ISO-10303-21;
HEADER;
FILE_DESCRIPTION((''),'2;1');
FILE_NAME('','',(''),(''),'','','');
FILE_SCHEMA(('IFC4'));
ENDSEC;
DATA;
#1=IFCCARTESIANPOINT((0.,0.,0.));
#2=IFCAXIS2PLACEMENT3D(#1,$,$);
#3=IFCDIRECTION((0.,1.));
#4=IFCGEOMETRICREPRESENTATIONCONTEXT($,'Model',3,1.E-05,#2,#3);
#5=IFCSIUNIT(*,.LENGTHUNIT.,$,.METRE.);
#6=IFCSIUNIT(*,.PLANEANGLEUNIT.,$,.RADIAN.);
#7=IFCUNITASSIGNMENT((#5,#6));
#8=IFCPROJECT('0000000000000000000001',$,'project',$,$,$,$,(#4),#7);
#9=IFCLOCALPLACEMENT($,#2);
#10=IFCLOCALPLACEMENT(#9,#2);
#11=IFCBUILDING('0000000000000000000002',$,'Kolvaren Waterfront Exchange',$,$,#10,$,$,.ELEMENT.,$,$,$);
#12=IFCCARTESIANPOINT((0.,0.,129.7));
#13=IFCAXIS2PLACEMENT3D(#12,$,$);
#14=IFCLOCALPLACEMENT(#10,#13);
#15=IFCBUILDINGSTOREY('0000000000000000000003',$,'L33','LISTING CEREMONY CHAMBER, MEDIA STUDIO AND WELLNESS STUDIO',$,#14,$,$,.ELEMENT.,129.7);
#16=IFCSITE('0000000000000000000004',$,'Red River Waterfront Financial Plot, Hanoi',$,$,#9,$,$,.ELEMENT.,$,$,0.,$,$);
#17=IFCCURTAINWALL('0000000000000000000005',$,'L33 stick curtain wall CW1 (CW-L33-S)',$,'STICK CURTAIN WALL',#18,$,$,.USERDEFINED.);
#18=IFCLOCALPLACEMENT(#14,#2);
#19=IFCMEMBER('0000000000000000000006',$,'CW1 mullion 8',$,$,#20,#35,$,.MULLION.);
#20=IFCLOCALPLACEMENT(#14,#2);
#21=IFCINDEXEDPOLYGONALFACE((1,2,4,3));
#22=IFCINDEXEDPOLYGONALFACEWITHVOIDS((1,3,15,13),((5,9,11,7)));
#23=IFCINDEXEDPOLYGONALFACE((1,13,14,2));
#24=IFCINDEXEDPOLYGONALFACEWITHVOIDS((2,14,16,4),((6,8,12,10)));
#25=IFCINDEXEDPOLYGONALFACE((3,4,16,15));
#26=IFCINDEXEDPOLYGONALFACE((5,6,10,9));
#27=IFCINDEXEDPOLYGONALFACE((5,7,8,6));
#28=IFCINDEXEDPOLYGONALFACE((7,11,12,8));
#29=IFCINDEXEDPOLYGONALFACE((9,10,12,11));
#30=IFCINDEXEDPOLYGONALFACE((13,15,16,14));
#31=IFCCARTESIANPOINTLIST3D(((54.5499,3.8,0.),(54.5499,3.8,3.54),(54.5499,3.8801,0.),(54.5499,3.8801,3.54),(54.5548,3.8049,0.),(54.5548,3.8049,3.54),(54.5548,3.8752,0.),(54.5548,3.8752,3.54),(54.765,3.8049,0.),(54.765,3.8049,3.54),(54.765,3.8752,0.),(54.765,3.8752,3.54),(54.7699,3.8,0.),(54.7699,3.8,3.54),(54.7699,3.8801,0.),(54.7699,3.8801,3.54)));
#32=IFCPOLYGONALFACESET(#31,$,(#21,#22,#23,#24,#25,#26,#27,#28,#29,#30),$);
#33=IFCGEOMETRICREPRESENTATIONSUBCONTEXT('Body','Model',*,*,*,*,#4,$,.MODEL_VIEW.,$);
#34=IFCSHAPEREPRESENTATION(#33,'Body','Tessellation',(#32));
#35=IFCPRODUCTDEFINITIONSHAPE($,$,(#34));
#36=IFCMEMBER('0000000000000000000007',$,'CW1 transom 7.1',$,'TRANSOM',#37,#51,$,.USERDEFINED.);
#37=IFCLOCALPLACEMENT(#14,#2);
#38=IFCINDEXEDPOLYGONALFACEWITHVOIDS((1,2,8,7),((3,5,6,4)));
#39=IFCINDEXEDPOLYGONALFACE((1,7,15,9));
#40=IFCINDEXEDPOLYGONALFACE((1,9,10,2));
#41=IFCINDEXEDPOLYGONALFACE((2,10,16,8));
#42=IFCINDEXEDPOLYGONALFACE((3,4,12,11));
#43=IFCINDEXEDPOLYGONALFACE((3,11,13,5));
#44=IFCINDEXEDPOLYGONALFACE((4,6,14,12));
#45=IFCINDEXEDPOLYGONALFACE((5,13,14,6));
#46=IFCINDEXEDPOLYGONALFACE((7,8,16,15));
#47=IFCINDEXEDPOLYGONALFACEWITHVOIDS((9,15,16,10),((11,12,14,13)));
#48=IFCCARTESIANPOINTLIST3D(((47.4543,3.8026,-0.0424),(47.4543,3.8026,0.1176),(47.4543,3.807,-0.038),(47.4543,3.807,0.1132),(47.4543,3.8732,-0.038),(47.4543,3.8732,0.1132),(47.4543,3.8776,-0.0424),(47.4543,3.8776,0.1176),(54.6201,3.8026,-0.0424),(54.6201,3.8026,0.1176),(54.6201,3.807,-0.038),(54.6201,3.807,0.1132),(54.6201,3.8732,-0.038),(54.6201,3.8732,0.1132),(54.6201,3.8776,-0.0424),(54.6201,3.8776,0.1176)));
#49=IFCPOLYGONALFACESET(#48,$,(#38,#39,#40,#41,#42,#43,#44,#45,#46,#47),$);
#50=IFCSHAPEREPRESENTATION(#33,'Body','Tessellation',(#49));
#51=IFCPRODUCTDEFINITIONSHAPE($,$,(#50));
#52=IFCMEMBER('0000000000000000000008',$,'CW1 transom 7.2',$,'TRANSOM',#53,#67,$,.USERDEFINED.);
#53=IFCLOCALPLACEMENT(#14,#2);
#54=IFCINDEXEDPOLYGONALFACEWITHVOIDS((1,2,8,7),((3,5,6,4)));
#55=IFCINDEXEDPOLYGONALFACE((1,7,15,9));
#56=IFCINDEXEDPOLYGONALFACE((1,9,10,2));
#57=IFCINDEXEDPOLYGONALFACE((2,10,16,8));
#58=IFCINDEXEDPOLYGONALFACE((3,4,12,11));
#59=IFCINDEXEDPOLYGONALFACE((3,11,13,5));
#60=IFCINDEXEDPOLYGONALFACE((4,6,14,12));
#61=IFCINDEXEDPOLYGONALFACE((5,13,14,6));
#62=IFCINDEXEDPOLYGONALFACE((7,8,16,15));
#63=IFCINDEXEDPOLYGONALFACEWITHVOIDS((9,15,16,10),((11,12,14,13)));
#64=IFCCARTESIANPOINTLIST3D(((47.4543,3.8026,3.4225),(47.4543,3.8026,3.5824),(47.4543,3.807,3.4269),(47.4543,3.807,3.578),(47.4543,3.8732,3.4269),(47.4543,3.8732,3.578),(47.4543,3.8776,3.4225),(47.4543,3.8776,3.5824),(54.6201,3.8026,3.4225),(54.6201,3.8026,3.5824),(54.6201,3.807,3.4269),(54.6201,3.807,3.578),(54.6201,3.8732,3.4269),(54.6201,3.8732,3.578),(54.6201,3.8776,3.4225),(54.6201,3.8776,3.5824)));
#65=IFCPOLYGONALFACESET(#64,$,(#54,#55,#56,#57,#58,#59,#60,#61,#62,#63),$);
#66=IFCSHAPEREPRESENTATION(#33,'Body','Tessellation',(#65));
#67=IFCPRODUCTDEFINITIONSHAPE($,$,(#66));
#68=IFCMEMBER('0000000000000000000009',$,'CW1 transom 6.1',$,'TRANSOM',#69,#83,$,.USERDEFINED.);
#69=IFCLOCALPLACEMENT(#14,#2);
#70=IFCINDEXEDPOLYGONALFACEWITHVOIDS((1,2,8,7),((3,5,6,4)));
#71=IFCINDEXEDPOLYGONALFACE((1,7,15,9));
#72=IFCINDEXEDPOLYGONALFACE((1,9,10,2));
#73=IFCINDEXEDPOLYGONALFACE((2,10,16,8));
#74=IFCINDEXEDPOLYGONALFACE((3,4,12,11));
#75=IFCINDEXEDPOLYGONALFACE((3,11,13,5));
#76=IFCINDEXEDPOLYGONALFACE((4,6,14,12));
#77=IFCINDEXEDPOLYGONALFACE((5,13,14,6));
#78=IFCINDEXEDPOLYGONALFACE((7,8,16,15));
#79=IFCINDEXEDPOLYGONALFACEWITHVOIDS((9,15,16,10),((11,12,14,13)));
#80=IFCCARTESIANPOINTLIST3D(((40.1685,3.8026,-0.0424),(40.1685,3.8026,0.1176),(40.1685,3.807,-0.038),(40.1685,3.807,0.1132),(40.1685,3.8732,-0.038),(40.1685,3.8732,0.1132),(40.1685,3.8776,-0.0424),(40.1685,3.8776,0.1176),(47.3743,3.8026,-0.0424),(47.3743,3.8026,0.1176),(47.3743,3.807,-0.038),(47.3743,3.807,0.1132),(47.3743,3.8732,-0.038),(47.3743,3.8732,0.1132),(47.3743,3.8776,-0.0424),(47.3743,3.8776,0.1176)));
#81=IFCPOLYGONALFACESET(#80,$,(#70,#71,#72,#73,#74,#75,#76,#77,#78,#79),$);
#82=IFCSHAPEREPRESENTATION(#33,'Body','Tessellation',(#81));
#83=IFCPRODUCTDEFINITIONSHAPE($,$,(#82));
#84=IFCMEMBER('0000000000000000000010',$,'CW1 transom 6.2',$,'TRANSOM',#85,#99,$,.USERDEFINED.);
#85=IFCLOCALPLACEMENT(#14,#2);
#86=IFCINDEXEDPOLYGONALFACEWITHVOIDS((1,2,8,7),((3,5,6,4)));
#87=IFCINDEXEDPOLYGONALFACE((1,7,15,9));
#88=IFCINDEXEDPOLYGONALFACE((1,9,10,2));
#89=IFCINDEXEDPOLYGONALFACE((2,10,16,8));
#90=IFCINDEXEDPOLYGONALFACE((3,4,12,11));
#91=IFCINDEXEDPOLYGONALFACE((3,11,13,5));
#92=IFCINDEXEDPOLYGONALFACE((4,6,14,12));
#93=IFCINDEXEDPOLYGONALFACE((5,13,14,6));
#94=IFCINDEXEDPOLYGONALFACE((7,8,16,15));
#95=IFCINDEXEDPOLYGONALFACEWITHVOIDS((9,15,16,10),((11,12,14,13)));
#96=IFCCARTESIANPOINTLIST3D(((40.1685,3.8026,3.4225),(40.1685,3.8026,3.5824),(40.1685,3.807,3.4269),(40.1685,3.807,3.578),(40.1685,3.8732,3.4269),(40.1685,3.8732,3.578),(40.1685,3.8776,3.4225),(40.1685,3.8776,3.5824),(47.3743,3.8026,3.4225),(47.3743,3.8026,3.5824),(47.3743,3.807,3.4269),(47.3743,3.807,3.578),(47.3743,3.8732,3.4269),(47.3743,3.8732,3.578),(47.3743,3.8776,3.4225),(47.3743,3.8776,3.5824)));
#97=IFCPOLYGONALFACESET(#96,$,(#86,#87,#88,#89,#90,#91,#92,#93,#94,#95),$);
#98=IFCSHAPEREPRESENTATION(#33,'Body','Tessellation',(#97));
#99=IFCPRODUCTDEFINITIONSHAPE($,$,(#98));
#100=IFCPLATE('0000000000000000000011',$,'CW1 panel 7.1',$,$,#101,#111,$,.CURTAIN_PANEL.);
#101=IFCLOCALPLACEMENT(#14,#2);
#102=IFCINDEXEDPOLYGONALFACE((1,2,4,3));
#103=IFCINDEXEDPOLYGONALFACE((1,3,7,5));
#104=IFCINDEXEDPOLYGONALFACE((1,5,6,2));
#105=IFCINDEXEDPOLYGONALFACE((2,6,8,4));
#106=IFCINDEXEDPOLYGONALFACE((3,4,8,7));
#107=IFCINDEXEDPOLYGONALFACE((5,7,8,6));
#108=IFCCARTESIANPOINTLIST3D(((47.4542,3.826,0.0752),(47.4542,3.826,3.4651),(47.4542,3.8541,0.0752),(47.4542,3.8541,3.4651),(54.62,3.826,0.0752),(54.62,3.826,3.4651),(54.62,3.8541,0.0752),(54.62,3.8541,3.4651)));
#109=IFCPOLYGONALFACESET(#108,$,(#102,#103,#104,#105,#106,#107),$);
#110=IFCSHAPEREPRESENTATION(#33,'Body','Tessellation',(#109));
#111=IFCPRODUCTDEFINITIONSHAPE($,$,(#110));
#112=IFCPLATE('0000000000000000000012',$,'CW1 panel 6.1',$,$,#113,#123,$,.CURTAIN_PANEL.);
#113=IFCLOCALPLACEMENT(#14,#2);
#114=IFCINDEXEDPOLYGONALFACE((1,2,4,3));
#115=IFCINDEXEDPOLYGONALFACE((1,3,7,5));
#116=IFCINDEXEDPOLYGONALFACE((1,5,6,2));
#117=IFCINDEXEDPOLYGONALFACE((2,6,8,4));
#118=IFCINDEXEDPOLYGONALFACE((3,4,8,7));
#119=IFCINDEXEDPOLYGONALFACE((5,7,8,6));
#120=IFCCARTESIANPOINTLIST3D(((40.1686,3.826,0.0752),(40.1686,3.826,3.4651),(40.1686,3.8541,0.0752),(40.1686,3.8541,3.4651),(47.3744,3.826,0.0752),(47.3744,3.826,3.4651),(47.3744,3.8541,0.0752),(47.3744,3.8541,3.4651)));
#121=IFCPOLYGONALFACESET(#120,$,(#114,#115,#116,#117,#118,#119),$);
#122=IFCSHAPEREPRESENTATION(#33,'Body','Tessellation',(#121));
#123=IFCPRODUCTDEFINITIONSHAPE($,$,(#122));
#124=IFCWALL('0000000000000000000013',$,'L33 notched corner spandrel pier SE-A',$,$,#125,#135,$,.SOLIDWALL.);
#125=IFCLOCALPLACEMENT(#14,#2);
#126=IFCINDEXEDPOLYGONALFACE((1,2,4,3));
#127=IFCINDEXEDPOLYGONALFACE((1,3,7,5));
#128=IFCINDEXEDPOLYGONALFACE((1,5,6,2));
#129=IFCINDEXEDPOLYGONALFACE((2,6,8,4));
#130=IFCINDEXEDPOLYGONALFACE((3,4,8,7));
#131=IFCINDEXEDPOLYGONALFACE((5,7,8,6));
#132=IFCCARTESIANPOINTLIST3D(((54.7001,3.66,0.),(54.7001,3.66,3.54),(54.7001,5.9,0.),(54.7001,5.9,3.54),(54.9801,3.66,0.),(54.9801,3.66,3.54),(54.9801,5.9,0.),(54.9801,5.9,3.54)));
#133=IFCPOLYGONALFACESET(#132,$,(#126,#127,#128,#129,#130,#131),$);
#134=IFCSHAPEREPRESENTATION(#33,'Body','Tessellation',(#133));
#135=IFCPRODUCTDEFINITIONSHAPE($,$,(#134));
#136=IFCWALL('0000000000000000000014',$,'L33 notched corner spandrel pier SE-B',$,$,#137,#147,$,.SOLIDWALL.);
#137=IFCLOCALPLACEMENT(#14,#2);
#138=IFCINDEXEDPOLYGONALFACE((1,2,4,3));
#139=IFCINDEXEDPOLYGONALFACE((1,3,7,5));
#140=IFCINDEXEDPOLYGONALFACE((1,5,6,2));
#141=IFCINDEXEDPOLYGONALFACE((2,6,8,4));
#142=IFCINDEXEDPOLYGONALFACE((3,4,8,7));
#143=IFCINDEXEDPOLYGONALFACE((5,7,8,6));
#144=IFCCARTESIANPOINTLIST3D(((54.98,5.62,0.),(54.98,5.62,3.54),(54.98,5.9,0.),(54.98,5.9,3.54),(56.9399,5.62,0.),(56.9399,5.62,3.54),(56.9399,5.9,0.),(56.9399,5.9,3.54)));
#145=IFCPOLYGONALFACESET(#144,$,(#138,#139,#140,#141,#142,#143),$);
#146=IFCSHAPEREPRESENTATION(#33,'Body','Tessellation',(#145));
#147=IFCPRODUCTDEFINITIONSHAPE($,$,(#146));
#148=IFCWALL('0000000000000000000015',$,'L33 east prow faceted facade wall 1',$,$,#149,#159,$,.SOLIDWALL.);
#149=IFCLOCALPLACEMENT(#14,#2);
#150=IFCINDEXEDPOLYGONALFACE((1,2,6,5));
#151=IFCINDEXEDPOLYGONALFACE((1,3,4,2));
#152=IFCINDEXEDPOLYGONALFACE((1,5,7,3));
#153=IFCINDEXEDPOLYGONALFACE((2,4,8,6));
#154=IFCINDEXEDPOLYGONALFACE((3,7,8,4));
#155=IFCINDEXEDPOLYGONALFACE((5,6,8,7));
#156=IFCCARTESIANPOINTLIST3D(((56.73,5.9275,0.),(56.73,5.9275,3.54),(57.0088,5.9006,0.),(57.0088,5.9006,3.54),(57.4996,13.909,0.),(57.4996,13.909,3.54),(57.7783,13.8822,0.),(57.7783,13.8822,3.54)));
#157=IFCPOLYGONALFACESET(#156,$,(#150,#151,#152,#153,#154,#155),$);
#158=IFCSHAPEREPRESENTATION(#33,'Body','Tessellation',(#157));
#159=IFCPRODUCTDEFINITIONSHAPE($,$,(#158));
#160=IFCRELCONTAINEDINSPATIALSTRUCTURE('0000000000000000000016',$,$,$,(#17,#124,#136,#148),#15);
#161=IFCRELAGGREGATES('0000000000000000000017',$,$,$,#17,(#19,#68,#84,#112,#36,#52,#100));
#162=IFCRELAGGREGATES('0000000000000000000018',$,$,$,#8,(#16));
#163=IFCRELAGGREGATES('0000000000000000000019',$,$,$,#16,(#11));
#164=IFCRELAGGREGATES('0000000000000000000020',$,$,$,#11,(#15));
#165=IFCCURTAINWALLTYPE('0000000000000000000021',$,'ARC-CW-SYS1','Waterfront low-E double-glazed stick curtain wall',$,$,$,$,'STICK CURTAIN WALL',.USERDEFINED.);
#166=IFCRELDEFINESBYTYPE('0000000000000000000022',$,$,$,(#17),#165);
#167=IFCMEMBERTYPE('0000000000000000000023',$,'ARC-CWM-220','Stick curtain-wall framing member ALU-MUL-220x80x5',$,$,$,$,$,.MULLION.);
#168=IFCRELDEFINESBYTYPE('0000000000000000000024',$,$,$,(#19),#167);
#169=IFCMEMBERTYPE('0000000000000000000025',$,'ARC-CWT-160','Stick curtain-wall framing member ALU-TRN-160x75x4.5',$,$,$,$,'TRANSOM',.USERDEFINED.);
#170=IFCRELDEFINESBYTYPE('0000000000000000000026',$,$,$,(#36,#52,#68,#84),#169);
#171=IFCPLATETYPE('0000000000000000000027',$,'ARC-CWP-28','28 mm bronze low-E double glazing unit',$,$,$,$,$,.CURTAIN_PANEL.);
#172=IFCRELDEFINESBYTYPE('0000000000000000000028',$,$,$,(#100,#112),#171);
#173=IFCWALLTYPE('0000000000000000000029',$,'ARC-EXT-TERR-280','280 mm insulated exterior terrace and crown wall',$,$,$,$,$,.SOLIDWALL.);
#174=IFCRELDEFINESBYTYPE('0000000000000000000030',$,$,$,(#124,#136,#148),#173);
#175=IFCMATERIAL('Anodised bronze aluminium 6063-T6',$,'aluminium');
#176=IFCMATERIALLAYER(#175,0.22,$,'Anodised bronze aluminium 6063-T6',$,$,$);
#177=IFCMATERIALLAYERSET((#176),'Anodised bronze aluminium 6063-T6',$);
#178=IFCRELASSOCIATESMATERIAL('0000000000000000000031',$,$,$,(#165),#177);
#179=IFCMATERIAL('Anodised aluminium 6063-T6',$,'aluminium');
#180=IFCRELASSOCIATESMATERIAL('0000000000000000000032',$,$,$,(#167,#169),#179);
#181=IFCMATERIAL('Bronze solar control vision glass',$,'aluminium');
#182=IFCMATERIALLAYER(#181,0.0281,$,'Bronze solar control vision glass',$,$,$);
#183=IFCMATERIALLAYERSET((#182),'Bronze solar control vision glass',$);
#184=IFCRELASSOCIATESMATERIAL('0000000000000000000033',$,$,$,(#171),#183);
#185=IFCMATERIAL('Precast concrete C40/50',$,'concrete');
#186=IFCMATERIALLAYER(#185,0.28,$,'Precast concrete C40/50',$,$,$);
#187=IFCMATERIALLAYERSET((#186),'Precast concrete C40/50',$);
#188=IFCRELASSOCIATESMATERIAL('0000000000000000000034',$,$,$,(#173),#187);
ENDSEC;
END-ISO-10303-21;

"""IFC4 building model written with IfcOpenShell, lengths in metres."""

from ifc_helpers import new_model, si_unit, direction, frame, frame_2d, origin, origin_with_axes, origin_2d, place, context, subcontext, project, spatial, rectangle, hollow_rectangle, extrude, source, transform, mapped, material, layer, layer_set, material_profile, profile_set, type_object, element, aggregate, save


model = new_model("IFC4")

# Units and contexts
model_context = context("Model", 3, precision=1e-05, world=origin(), true_north=direction((0.0, 1.0)))
body_context = subcontext(model_context, "Body", "Model", "MODEL_VIEW")
ifc_project = project(units=[si_unit("LENGTHUNIT", "METRE"), si_unit("PLANEANGLEUNIT", "RADIAN")], contexts=[model_context])

# Site, building, storey
site_placement = place(None, origin())
site = spatial("IfcSite", under=ifc_project, at=site_placement, Name="Red River Waterfront Financial Plot, Hanoi", CompositionType="ELEMENT", RefElevation=0.0)
building_placement = place(site_placement, origin())
building = spatial("IfcBuilding", under=site, at=building_placement, Name="Kolvaren Waterfront Exchange", CompositionType="ELEMENT")
storey_placement = place(building_placement, frame((0.0, 0.0, 129.7)))
storey = spatial("IfcBuildingStorey", under=building, at=storey_placement, Name="L33", Description="LISTING CEREMONY CHAMBER, MEDIA STUDIO AND WELLNESS STUDIO", CompositionType="ELEMENT", Elevation=129.7)

# Curtain wall, members, plates
ifc_material_1 = material(Name="Anodised bronze aluminium 6063-T6", Category="aluminium")
ifc_layer_1 = layer(ifc_material_1, 0.22, Name="Anodised bronze aluminium 6063-T6")
ifc_layer_set_1 = layer_set([ifc_layer_1], Name="Anodised bronze aluminium 6063-T6")
curtain_wall_type = type_object("IfcCurtainWallType", Name="ARC-CW-SYS1", Description="Waterfront low-E double-glazed stick curtain wall", ElementType="STICK CURTAIN WALL", PredefinedType="USERDEFINED", material=ifc_layer_set_1)
curtain_wall_placement = place(storey_placement, origin())
curtain_wall = element("IfcCurtainWall", 1, at=curtain_wall_placement, inside=storey, type_object=curtain_wall_type, Name="L33 stick curtain wall CW1 (CW-L33-S)", ObjectType="STICK CURTAIN WALL", PredefinedType="USERDEFINED")
ifc_material_2 = material(Name="Anodised aluminium 6063-T6", Category="aluminium")
ifc_material_profile_1 = material_profile(ifc_material_2, hollow_rectangle(XDim=0.0801, YDim=0.22, WallThickness=0.0049, at=origin_2d()), Name="ALU-MUL-220x80x5")
ifc_profile_set_1 = profile_set([ifc_material_profile_1], Name="Anodised aluminium 6063-T6")
member_type_1 = type_object("IfcMemberType", Name="ARC-CWM-220", Description="Stick curtain-wall framing member ALU-MUL-220x80x5", PredefinedType="MULLION", material=ifc_profile_set_1)
shared_shape_1 = source(origin_with_axes(), body_context, "Body", "SweptSolid", [
    extrude(hollow_rectangle(XDim=0.0801, YDim=0.22, WallThickness=0.0049, at=origin_2d()), origin(), (0.0, 0.0, 1.0), 3.54),
])
member_1_placement = place(storey_placement, frame((54.6599, 3.8401, 0.0), z_axis=(0.0, 0.0, 1.0), x_axis=(0.0, 1.0, 0.0)))
member_1 = element("IfcMember", 2, at=member_1_placement, type_object=member_type_1, Name="CW1 mullion 8", PredefinedType="MULLION", context=body_context, shape_type="MappedRepresentation", body=[
    mapped(shared_shape_1, transform((0.0, 0.0, 0.0), x_axis=(1.0, 0.0, 0.0), y_axis=(0.0, 1.0, 0.0), z_axis=(0.0, 0.0, 1.0), scale=1.0)),
])
ifc_material_profile_2 = material_profile(ifc_material_2, hollow_rectangle(XDim=0.075, YDim=0.1599, WallThickness=0.0044, at=origin_2d()), Name="ALU-TRN-160x75x4.5")
ifc_profile_set_2 = profile_set([ifc_material_profile_2], Name="Anodised aluminium 6063-T6")
member_type_2 = type_object("IfcMemberType", Name="ARC-CWT-160", Description="Stick curtain-wall framing member ALU-TRN-160x75x4.5", ElementType="TRANSOM", PredefinedType="USERDEFINED", material=ifc_profile_set_2)
shared_shape_2 = source(origin_with_axes(), body_context, "Body", "SweptSolid", [
    extrude(hollow_rectangle(XDim=0.075, YDim=0.1599, WallThickness=0.0044, at=origin_2d()), origin(), (0.0, 0.0, 1.0), 7.1658),
])
member_2_placement = place(storey_placement, frame((47.4543, 3.8401, 0.0376), z_axis=(1.0, 0.0, 0.0), x_axis=(0.0, 1.0, 0.0)))
member_2 = element("IfcMember", 3, at=member_2_placement, type_object=member_type_2, Name="CW1 transom 7.1", ObjectType="TRANSOM", PredefinedType="USERDEFINED", context=body_context, shape_type="MappedRepresentation", body=[
    mapped(shared_shape_2, transform((0.0, 0.0, 0.0), x_axis=(1.0, 0.0, 0.0), y_axis=(0.0, 1.0, 0.0), z_axis=(0.0, 0.0, 1.0), scale=1.0)),
])
member_3_placement = place(storey_placement, frame((47.4543, 3.8401, 3.5024), z_axis=(1.0, 0.0, 0.0), x_axis=(0.0, 1.0, 0.0)))
member_3 = element("IfcMember", 4, at=member_3_placement, type_object=member_type_2, Name="CW1 transom 7.2", ObjectType="TRANSOM", PredefinedType="USERDEFINED", context=body_context, shape_type="MappedRepresentation", body=[
    mapped(shared_shape_2, transform((0.0, 0.0, 0.0), x_axis=(1.0, 0.0, 0.0), y_axis=(0.0, 1.0, 0.0), z_axis=(0.0, 0.0, 1.0), scale=1.0)),
])
shared_shape_3 = source(origin_with_axes(), body_context, "Body", "SweptSolid", [
    extrude(hollow_rectangle(XDim=0.075, YDim=0.1599, WallThickness=0.0044, at=origin_2d()), origin(), (0.0, 0.0, 1.0), 7.2058),
])
member_4_placement = place(storey_placement, frame((40.1685, 3.8401, 0.0376), z_axis=(1.0, 0.0, 0.0), x_axis=(0.0, 1.0, 0.0)))
member_4 = element("IfcMember", 5, at=member_4_placement, type_object=member_type_2, Name="CW1 transom 6.1", ObjectType="TRANSOM", PredefinedType="USERDEFINED", context=body_context, shape_type="MappedRepresentation", body=[
    mapped(shared_shape_3, transform((0.0, 0.0, 0.0), x_axis=(1.0, 0.0, 0.0), y_axis=(0.0, 1.0, 0.0), z_axis=(0.0, 0.0, 1.0), scale=1.0)),
])
member_5_placement = place(storey_placement, frame((40.1685, 3.8401, 3.5024), z_axis=(1.0, 0.0, 0.0), x_axis=(0.0, 1.0, 0.0)))
member_5 = element("IfcMember", 6, at=member_5_placement, type_object=member_type_2, Name="CW1 transom 6.2", ObjectType="TRANSOM", PredefinedType="USERDEFINED", context=body_context, shape_type="MappedRepresentation", body=[
    mapped(shared_shape_3, transform((0.0, 0.0, 0.0), x_axis=(1.0, 0.0, 0.0), y_axis=(0.0, 1.0, 0.0), z_axis=(0.0, 0.0, 1.0), scale=1.0)),
])
ifc_material_3 = material(Name="Bronze solar control vision glass", Category="aluminium")
ifc_layer_2 = layer(ifc_material_3, 0.0281, Name="Bronze solar control vision glass")
ifc_layer_set_2 = layer_set([ifc_layer_2], Name="Bronze solar control vision glass")
plate_type = type_object("IfcPlateType", Name="ARC-CWP-28", Description="28 mm bronze low-E double glazing unit", PredefinedType="CURTAIN_PANEL", material=ifc_layer_set_2)
shared_shape_4 = source(origin_with_axes(), body_context, "Body", "SweptSolid", [
    extrude(rectangle(XDim=7.1658, YDim=0.0281, at=origin_2d()), origin(), (0.0, 0.0, 1.0), 3.3899),
])
plate_1_placement = place(storey_placement, frame((51.0371, 3.8401, 0.0752), z_axis=(0.0, 0.0, 1.0), x_axis=(1.0, 0.0, 0.0)))
plate_1 = element("IfcPlate", 7, at=plate_1_placement, type_object=plate_type, Name="CW1 panel 7.1", PredefinedType="CURTAIN_PANEL", context=body_context, shape_type="MappedRepresentation", body=[
    mapped(shared_shape_4, transform((0.0, 0.0, 0.0), x_axis=(1.0, 0.0, 0.0), y_axis=(0.0, 1.0, 0.0), z_axis=(0.0, 0.0, 1.0), scale=1.0)),
])
shared_shape_5 = source(origin_with_axes(), body_context, "Body", "SweptSolid", [
    extrude(rectangle(XDim=7.2058, YDim=0.0281, at=origin_2d()), origin(), (0.0, 0.0, 1.0), 3.3899),
])
plate_2_placement = place(storey_placement, frame((43.7715, 3.8401, 0.0752), z_axis=(0.0, 0.0, 1.0), x_axis=(1.0, 0.0, 0.0)))
plate_2 = element("IfcPlate", 8, at=plate_2_placement, type_object=plate_type, Name="CW1 panel 6.1", PredefinedType="CURTAIN_PANEL", context=body_context, shape_type="MappedRepresentation", body=[
    mapped(shared_shape_5, transform((0.0, 0.0, 0.0), x_axis=(1.0, 0.0, 0.0), y_axis=(0.0, 1.0, 0.0), z_axis=(0.0, 0.0, 1.0), scale=1.0)),
])
aggregate(curtain_wall, [member_1, member_4, member_5, plate_2, member_2, member_3, plate_1])

# Walls
ifc_material_4 = material(Name="Precast concrete C40/50", Category="concrete")
ifc_layer_3 = layer(ifc_material_4, 0.28, Name="Precast concrete C40/50")
ifc_layer_set_3 = layer_set([ifc_layer_3], Name="Precast concrete C40/50")
wall_type_1 = type_object("IfcWallType", Name="ARC-EXT-TERR-280", Description="280 mm insulated exterior terrace and crown wall", PredefinedType="SOLIDWALL", material=ifc_layer_set_3)
wall_1_placement = place(storey_placement, frame((54.8401, 3.6599, 0.0), z_axis=(0.0, 0.0, 1.0), x_axis=(0.0, 1.0, 0.0)))
element("IfcWall", 9, at=wall_1_placement, inside=storey, type_object=wall_type_1, Name="L33 notched corner spandrel pier SE-A", PredefinedType="SOLIDWALL", context=body_context, shape_type="SweptSolid", body=[
    extrude(rectangle(XDim=2.24, YDim=0.28, at=frame_2d((1.1201, 0.0))), origin(), (0.0, 0.0, 1.0), 3.54),
])
wall_2_placement = place(storey_placement, frame((54.98, 5.76, 0.0), z_axis=(0.0, 0.0, 1.0), x_axis=(1.0, 0.0, 0.0)))
element("IfcWall", 10, at=wall_2_placement, inside=storey, type_object=wall_type_1, Name="L33 notched corner spandrel pier SE-B", PredefinedType="SOLIDWALL", context=body_context, shape_type="SweptSolid", body=[
    extrude(rectangle(XDim=1.96, YDim=0.28, at=frame_2d((0.98, 0.0))), origin(), (0.0, 0.0, 1.0), 3.54),
])
wall_3_placement = place(storey_placement, frame((56.8694, 5.9141, 0.0), z_axis=(0.0, 0.0, 1.0), x_axis=(0.09597, 0.995384, 0.0)))
element("IfcWall", 11, at=wall_3_placement, inside=storey, type_object=wall_type_1, Name="L33 east prow faceted facade wall 1", PredefinedType="SOLIDWALL", context=body_context, shape_type="SweptSolid", body=[
    extrude(rectangle(XDim=8.0186, YDim=0.28, at=frame_2d((4.0093, 0.0))), origin(), (0.0, 0.0, 1.0), 3.54),
])

save(model, "model.ifc")
